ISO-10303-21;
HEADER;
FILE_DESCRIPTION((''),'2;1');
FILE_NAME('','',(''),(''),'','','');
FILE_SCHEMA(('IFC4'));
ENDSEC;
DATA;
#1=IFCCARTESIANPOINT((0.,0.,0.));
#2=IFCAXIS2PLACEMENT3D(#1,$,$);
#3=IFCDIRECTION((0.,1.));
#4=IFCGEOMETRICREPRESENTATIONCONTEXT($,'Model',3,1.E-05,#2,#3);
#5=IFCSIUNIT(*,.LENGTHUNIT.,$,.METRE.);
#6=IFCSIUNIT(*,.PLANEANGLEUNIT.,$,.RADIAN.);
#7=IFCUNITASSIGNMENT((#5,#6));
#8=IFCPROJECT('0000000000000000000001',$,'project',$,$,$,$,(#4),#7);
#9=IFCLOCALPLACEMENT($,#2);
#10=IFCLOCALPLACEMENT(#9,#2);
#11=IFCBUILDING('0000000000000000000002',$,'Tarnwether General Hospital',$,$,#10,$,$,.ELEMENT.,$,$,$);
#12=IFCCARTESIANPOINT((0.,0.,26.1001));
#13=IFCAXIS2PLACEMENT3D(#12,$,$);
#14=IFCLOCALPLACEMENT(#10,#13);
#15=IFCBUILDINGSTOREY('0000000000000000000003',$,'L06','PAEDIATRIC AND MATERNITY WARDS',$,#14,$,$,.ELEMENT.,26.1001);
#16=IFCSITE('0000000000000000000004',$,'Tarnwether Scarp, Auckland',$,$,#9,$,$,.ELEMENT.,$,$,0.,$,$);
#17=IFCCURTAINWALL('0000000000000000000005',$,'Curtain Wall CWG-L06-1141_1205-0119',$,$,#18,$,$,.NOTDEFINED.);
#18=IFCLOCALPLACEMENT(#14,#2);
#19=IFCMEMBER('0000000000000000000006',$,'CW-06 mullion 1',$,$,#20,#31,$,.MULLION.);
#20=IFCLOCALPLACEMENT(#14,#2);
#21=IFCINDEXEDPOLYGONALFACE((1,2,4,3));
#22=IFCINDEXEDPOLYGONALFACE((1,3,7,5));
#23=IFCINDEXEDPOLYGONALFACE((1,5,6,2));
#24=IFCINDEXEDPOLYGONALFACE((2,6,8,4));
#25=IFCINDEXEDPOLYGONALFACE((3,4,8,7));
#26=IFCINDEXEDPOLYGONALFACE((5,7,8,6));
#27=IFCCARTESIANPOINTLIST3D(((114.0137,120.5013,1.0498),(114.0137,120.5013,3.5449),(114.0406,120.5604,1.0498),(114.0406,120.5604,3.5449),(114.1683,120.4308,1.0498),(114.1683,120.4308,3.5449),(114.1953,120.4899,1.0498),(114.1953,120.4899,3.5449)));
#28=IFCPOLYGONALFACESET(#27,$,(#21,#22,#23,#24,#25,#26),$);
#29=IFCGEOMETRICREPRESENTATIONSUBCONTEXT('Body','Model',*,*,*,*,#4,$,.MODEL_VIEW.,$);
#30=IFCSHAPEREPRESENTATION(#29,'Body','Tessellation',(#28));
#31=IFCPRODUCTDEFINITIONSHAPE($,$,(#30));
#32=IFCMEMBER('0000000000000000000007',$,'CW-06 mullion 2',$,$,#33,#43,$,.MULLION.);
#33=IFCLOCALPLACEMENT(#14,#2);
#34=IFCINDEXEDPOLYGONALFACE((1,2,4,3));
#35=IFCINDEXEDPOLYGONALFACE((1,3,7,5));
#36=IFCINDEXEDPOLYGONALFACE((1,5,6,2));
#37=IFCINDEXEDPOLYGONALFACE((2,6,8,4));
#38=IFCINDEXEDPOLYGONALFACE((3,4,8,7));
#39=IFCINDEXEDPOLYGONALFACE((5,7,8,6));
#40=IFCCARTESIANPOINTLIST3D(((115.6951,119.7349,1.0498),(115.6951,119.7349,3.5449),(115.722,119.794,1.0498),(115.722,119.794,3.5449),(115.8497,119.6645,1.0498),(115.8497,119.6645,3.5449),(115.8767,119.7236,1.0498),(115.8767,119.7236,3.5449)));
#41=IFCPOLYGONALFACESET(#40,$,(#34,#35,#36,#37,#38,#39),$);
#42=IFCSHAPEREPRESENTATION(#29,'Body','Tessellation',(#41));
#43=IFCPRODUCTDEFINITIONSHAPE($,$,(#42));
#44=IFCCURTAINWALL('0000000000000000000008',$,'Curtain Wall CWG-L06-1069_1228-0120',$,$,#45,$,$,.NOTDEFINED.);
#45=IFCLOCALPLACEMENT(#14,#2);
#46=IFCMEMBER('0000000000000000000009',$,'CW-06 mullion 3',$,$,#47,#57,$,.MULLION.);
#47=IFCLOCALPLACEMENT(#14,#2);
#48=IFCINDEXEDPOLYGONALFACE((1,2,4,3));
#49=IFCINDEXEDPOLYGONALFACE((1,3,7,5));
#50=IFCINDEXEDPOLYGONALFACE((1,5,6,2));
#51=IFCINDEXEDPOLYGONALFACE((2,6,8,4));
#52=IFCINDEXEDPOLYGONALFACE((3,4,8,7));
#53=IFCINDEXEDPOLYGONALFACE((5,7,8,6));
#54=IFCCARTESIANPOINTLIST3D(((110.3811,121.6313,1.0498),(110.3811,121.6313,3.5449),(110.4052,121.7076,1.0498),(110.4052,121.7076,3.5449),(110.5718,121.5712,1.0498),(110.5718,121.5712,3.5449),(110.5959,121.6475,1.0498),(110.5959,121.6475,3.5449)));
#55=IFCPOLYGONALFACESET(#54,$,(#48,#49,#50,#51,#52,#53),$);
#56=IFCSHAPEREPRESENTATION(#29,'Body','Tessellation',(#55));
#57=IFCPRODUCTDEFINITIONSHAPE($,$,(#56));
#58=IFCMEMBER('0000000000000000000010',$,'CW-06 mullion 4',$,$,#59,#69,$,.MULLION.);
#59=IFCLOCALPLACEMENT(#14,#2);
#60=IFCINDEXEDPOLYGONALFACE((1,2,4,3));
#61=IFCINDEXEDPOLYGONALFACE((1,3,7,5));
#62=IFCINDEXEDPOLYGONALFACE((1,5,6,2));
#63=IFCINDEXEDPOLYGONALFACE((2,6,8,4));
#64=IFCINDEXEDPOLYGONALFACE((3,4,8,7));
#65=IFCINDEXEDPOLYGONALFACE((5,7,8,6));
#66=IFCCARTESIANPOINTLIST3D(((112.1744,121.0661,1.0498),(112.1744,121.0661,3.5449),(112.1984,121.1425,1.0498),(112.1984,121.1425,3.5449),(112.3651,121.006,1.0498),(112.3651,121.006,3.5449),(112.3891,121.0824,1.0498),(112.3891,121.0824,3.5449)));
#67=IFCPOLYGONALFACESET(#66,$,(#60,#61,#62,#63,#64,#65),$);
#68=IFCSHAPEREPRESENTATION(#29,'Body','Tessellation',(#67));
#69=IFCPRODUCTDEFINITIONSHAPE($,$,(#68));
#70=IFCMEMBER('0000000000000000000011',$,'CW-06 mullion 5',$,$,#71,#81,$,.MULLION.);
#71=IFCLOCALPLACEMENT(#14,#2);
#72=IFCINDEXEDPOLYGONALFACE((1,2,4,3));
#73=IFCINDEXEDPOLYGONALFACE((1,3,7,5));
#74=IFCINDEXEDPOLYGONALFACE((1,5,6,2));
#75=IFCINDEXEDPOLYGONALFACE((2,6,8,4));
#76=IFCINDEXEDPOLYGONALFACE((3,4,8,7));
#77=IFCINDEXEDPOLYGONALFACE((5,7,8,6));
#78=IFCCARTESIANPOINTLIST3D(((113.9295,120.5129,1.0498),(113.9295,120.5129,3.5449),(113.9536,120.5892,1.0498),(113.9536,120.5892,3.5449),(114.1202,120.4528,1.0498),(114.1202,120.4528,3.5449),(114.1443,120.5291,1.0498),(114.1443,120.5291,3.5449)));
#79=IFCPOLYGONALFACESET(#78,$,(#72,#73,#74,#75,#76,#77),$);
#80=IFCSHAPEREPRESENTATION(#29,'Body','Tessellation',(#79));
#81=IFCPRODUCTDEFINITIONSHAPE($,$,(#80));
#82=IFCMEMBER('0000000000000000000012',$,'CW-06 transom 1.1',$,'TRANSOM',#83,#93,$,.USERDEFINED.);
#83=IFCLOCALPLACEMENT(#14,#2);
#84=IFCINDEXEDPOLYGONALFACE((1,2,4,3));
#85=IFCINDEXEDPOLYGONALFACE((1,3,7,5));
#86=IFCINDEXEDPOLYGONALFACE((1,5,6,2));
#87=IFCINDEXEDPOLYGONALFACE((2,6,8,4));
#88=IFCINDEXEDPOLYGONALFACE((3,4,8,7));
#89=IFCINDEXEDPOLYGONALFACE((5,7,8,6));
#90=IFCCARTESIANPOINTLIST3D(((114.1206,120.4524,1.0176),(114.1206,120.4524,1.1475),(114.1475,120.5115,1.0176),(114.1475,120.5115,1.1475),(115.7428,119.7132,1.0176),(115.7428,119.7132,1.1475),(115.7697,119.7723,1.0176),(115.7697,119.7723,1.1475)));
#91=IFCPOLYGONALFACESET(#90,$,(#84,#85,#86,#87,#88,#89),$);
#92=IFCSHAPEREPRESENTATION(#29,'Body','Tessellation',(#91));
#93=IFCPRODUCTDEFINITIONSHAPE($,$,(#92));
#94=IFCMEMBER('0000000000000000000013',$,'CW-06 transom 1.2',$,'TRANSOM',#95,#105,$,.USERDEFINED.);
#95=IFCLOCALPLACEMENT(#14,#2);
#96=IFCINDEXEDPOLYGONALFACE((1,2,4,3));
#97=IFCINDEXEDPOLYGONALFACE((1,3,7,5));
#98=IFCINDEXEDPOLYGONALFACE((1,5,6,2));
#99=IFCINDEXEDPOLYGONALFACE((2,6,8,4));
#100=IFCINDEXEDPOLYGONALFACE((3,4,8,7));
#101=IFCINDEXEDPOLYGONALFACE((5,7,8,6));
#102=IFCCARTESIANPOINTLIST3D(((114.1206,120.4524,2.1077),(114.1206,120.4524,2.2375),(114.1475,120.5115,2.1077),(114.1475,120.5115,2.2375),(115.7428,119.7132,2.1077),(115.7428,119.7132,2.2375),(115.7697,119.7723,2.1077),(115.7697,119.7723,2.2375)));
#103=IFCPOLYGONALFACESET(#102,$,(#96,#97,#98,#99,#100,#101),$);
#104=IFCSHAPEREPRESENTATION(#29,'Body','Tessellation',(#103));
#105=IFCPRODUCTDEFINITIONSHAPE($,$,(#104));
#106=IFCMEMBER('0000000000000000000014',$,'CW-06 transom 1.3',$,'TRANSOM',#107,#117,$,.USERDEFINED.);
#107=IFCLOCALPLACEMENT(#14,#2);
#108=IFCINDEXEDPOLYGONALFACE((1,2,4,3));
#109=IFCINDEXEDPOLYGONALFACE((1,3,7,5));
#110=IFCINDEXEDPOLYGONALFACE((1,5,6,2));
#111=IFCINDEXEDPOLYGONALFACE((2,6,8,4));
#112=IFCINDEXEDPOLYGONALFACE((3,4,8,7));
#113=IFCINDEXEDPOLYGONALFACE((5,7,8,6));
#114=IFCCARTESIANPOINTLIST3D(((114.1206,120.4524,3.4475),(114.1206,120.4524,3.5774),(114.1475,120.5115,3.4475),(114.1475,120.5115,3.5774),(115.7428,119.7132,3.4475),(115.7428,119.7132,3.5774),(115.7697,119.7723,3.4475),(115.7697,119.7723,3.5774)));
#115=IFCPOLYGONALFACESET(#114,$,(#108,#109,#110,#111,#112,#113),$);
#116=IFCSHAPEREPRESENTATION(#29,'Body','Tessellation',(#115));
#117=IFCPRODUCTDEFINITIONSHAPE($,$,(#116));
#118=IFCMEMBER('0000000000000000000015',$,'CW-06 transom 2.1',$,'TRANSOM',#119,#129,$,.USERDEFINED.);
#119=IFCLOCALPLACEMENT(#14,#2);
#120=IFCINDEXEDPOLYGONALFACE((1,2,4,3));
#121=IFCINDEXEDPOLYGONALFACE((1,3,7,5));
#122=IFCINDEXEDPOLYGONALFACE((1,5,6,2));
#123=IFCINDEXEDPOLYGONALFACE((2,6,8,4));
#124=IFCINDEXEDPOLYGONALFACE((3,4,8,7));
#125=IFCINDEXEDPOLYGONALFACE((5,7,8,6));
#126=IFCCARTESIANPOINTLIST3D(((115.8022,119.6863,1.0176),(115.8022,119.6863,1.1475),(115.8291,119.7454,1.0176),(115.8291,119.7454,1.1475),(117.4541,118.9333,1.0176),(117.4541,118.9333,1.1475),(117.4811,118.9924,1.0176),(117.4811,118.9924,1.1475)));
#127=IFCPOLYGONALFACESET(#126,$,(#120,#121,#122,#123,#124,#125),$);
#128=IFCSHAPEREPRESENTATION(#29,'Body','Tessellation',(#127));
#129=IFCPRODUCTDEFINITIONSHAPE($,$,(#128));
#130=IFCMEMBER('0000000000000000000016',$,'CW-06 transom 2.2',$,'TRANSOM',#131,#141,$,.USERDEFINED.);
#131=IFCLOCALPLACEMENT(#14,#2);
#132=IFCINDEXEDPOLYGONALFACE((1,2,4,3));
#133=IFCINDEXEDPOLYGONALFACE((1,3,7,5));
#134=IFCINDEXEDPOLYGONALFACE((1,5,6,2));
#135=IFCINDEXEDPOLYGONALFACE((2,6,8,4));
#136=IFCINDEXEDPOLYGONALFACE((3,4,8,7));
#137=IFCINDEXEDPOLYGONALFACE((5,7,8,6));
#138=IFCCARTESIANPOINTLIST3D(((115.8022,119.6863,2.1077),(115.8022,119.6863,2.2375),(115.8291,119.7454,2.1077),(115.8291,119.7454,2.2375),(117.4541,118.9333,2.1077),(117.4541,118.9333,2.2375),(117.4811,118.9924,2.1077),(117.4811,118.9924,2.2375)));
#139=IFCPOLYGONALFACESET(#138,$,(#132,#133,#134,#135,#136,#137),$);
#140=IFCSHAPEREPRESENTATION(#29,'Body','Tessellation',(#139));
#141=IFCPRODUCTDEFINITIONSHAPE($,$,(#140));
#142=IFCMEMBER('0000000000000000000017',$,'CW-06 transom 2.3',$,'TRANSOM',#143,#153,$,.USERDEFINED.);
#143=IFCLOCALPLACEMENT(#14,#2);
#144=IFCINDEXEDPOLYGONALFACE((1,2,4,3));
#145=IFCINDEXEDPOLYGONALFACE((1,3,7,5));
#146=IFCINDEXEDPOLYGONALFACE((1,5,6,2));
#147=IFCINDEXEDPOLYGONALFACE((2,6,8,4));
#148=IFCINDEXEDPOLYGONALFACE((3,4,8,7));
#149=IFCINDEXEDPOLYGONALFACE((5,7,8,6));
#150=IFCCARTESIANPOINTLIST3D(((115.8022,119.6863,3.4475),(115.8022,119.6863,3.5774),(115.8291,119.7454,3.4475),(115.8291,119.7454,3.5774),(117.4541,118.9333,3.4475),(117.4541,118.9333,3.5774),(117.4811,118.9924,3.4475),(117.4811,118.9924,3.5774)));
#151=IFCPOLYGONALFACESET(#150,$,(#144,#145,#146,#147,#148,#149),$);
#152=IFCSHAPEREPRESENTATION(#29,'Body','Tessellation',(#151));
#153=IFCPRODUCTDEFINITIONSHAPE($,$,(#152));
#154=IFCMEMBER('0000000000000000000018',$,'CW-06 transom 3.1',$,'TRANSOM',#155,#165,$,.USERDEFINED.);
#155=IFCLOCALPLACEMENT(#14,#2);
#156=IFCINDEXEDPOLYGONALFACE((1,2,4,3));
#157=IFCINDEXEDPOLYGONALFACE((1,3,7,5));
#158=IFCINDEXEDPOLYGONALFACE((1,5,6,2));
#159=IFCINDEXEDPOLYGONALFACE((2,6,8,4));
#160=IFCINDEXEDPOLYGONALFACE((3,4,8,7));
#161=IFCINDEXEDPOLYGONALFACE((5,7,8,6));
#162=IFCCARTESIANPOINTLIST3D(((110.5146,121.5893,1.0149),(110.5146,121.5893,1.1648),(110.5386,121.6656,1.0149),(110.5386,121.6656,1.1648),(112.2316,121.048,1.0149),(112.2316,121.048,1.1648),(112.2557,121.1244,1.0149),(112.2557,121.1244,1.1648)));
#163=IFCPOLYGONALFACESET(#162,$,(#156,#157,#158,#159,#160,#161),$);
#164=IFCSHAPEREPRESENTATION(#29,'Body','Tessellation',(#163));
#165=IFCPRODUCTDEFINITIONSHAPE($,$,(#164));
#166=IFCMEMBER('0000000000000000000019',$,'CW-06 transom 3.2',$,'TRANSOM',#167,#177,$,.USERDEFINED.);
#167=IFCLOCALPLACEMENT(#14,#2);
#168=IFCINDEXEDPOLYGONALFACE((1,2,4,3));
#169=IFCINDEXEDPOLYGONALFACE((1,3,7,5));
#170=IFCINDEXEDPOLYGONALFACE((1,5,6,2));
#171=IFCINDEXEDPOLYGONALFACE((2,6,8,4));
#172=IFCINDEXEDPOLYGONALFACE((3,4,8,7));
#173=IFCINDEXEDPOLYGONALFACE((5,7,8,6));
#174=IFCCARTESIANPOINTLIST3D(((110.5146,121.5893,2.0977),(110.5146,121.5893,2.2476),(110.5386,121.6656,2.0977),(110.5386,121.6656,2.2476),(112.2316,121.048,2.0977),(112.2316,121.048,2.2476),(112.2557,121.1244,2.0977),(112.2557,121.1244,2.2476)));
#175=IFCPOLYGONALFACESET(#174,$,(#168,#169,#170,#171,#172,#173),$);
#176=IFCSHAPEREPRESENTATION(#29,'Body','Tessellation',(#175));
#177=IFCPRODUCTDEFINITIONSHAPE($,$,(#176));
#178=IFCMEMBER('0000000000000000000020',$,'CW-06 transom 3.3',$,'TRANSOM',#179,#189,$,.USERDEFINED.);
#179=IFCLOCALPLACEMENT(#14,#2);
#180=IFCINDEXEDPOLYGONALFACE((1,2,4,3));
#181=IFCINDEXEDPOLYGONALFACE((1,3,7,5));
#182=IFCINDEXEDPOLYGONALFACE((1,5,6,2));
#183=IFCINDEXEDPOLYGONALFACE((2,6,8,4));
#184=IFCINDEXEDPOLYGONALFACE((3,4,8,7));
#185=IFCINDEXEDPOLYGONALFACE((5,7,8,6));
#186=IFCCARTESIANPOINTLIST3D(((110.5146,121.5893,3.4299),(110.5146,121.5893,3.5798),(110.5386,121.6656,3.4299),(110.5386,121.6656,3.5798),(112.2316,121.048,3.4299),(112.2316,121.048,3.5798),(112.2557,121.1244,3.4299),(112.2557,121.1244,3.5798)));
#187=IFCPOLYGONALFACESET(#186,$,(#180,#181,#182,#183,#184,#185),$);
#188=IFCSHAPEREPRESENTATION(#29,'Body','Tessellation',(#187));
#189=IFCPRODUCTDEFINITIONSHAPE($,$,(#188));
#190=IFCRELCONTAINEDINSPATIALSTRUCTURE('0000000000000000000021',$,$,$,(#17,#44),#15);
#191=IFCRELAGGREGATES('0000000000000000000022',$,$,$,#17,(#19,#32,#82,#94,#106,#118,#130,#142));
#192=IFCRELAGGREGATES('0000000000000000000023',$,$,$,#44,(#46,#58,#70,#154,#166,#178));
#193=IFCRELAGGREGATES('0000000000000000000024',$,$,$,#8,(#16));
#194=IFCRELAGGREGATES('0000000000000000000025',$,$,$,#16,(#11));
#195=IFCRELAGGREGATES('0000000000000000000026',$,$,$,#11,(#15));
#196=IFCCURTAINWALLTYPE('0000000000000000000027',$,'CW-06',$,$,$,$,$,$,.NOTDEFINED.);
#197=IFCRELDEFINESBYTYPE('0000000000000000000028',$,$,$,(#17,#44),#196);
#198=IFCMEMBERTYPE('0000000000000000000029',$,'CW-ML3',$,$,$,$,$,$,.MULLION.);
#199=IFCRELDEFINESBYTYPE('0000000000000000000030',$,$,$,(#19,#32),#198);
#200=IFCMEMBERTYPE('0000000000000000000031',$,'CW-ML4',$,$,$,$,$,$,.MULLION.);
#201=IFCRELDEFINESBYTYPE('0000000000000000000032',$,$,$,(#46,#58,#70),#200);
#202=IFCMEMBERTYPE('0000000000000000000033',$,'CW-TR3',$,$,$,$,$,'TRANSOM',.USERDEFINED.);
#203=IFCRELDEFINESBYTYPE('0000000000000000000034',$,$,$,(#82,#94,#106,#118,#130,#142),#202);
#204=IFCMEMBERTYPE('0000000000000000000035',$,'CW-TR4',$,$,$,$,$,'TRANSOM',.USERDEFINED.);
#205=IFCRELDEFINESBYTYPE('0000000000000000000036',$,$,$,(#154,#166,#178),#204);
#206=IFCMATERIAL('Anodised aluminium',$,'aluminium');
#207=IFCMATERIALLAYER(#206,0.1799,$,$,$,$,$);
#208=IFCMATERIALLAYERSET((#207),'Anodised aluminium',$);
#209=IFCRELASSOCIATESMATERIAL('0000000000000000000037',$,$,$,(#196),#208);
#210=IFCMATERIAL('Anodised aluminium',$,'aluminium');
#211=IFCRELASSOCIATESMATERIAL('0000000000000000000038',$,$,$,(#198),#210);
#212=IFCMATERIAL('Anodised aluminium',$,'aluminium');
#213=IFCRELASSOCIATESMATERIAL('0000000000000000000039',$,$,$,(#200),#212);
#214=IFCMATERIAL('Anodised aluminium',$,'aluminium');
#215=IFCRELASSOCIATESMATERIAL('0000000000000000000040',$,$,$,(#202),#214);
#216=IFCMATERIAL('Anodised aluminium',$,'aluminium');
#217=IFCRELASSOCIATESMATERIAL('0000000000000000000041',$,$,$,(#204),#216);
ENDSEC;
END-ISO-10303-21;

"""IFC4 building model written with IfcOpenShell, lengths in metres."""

from ifc_helpers import new_model, si_unit, direction, frame, origin, origin_2d, place, context, subcontext, project, spatial, rectangle, extrude, material, layer, layer_set, material_profile, profile_set, type_object, element, aggregate, save


model = new_model("IFC4")

# Units and contexts
model_context = context("Model", 3, precision=1e-05, world=origin(), true_north=direction((0.0, 1.0)))
body_context = subcontext(model_context, "Body", "Model", "MODEL_VIEW")
ifc_project = project(units=[si_unit("LENGTHUNIT", "METRE"), si_unit("PLANEANGLEUNIT", "RADIAN")], contexts=[model_context])

# Site, building, storey
site_placement = place(None, origin())
site = spatial("IfcSite", under=ifc_project, at=site_placement, Name="Tarnwether Scarp, Auckland", CompositionType="ELEMENT", RefElevation=0.0)
building_placement = place(site_placement, origin())
building = spatial("IfcBuilding", under=site, at=building_placement, Name="Tarnwether General Hospital", CompositionType="ELEMENT")
storey_placement = place(building_placement, frame((0.0, 0.0, 26.1001)))
storey = spatial("IfcBuildingStorey", under=building, at=storey_placement, Name="L06", Description="PAEDIATRIC AND MATERNITY WARDS", CompositionType="ELEMENT", Elevation=26.1001)

# Curtain walls, members
ifc_material_1 = material(Name="Anodised aluminium", Category="aluminium")
ifc_layer_1 = layer(ifc_material_1, 0.1799)
ifc_layer_set_1 = layer_set([ifc_layer_1], Name="Anodised aluminium")
curtain_wall_type = type_object("IfcCurtainWallType", Name="CW-06", PredefinedType="NOTDEFINED", material=ifc_layer_set_1)
curtain_wall_1_placement = place(storey_placement, origin())
curtain_wall_1 = element("IfcCurtainWall", 1, at=curtain_wall_1_placement, inside=storey, type_object=curtain_wall_type, Name="Curtain Wall CWG-L06-1141_1205-0119", PredefinedType="NOTDEFINED")
ifc_material_2 = material(Name="Anodised aluminium", Category="aluminium")
ifc_material_profile_1 = material_profile(ifc_material_2, rectangle(XDim=0.0649, YDim=0.1699, at=origin_2d()), Name="ALU-MUL-65x170")
ifc_profile_set_1 = profile_set([ifc_material_profile_1], Name="Anodised aluminium")
member_type_1 = type_object("IfcMemberType", Name="CW-ML3", PredefinedType="MULLION", material=ifc_profile_set_1)
member_1_placement = place(storey_placement, frame((114.1045, 120.4956, 1.0498), z_axis=(0.0, 0.0, 1.0), x_axis=(0.414694, 0.909961, 0.0)))
member_1 = element("IfcMember", 2, at=member_1_placement, type_object=member_type_1, Name="CW-06 mullion 1", PredefinedType="MULLION", context=body_context, shape_type="SweptSolid", body=[
    extrude(rectangle(XDim=0.0649, YDim=0.1699, at=origin_2d()), origin(), (0.0, 0.0, 1.0), 2.4951),
])
member_2_placement = place(storey_placement, frame((115.7859, 119.7292, 1.0498), z_axis=(0.0, 0.0, 1.0), x_axis=(0.414694, 0.909961, 0.0)))
member_2 = element("IfcMember", 3, at=member_2_placement, type_object=member_type_1, Name="CW-06 mullion 2", PredefinedType="MULLION", context=body_context, shape_type="SweptSolid", body=[
    extrude(rectangle(XDim=0.0649, YDim=0.1699, at=origin_2d()), origin(), (0.0, 0.0, 1.0), 2.4951),
])
curtain_wall_2_placement = place(storey_placement, origin())
curtain_wall_2 = element("IfcCurtainWall", 4, at=curtain_wall_2_placement, inside=storey, type_object=curtain_wall_type, Name="Curtain Wall CWG-L06-1069_1228-0120", PredefinedType="NOTDEFINED")
ifc_material_3 = material(Name="Anodised aluminium", Category="aluminium")
ifc_material_profile_2 = material_profile(ifc_material_3, rectangle(XDim=0.0801, YDim=0.2, at=origin_2d()), Name="ALU-MUL-80x200")
ifc_profile_set_2 = profile_set([ifc_material_profile_2], Name="Anodised aluminium")
member_type_2 = type_object("IfcMemberType", Name="CW-ML4", PredefinedType="MULLION", material=ifc_profile_set_2)
member_3_placement = place(storey_placement, frame((110.4885, 121.6394, 1.0498), z_axis=(0.0, 0.0, 1.0), x_axis=(0.300629, 0.953741, 0.0)))
member_3 = element("IfcMember", 5, at=member_3_placement, type_object=member_type_2, Name="CW-06 mullion 3", PredefinedType="MULLION", context=body_context, shape_type="SweptSolid", body=[
    extrude(rectangle(XDim=0.0801, YDim=0.2, at=origin_2d()), origin(), (0.0, 0.0, 1.0), 2.4951),
])
member_4_placement = place(storey_placement, frame((112.2817, 121.0742, 1.0498), z_axis=(0.0, 0.0, 1.0), x_axis=(0.300629, 0.953741, 0.0)))
member_4 = element("IfcMember", 6, at=member_4_placement, type_object=member_type_2, Name="CW-06 mullion 4", PredefinedType="MULLION", context=body_context, shape_type="SweptSolid", body=[
    extrude(rectangle(XDim=0.0801, YDim=0.2, at=origin_2d()), origin(), (0.0, 0.0, 1.0), 2.4951),
])
member_5_placement = place(storey_placement, frame((114.0369, 120.521, 1.0498), z_axis=(0.0, 0.0, 1.0), x_axis=(0.300629, 0.953741, 0.0)))
member_5 = element("IfcMember", 7, at=member_5_placement, type_object=member_type_2, Name="CW-06 mullion 5", PredefinedType="MULLION", context=body_context, shape_type="SweptSolid", body=[
    extrude(rectangle(XDim=0.0801, YDim=0.2, at=origin_2d()), origin(), (0.0, 0.0, 1.0), 2.4951),
])

# Members
ifc_material_4 = material(Name="Anodised aluminium", Category="aluminium")
ifc_material_profile_3 = material_profile(ifc_material_4, rectangle(XDim=0.0649, YDim=0.1299, at=origin_2d()), Name="ALU-TRN-65x130")
ifc_profile_set_3 = profile_set([ifc_material_profile_3], Name="Anodised aluminium")
member_type_3 = type_object("IfcMemberType", Name="CW-TR3", ElementType="TRANSOM", PredefinedType="USERDEFINED", material=ifc_profile_set_3)
member_6_placement = place(storey_placement, frame((114.134, 120.4819, 1.0825), z_axis=(0.909977, -0.414659, 0.0), x_axis=(0.414659, 0.909977, 0.0)))
member_6 = element("IfcMember", 8, at=member_6_placement, type_object=member_type_3, Name="CW-06 transom 1.1", ObjectType="TRANSOM", PredefinedType="USERDEFINED", context=body_context, shape_type="SweptSolid", body=[
    extrude(rectangle(XDim=0.0649, YDim=0.1299, at=origin_2d()), origin(), (0.0, 0.0, 1.0), 1.7827),
])
member_7_placement = place(storey_placement, frame((114.134, 120.4819, 2.1726), z_axis=(0.909977, -0.414659, 0.0), x_axis=(0.414659, 0.909977, 0.0)))
member_7 = element("IfcMember", 9, at=member_7_placement, type_object=member_type_3, Name="CW-06 transom 1.2", ObjectType="TRANSOM", PredefinedType="USERDEFINED", context=body_context, shape_type="SweptSolid", body=[
    extrude(rectangle(XDim=0.0649, YDim=0.1299, at=origin_2d()), origin(), (0.0, 0.0, 1.0), 1.7827),
])
member_8_placement = place(storey_placement, frame((114.134, 120.4819, 3.5125), z_axis=(0.909977, -0.414659, 0.0), x_axis=(0.414659, 0.909977, 0.0)))
member_8 = element("IfcMember", 10, at=member_8_placement, type_object=member_type_3, Name="CW-06 transom 1.3", ObjectType="TRANSOM", PredefinedType="USERDEFINED", context=body_context, shape_type="SweptSolid", body=[
    extrude(rectangle(XDim=0.0649, YDim=0.1299, at=origin_2d()), origin(), (0.0, 0.0, 1.0), 1.7827),
])
member_9_placement = place(storey_placement, frame((115.8157, 119.7158, 1.0825), z_axis=(0.909933, -0.414755, 0.0), x_axis=(0.414755, 0.909933, 0.0)))
member_9 = element("IfcMember", 11, at=member_9_placement, type_object=member_type_3, Name="CW-06 transom 2.1", ObjectType="TRANSOM", PredefinedType="USERDEFINED", context=body_context, shape_type="SweptSolid", body=[
    extrude(rectangle(XDim=0.0649, YDim=0.1299, at=origin_2d()), origin(), (0.0, 0.0, 1.0), 1.8154),
])
member_10_placement = place(storey_placement, frame((115.8157, 119.7158, 2.1726), z_axis=(0.909933, -0.414755, 0.0), x_axis=(0.414755, 0.909933, 0.0)))
member_10 = element("IfcMember", 12, at=member_10_placement, type_object=member_type_3, Name="CW-06 transom 2.2", ObjectType="TRANSOM", PredefinedType="USERDEFINED", context=body_context, shape_type="SweptSolid", body=[
    extrude(rectangle(XDim=0.0649, YDim=0.1299, at=origin_2d()), origin(), (0.0, 0.0, 1.0), 1.8154),
])
member_11_placement = place(storey_placement, frame((115.8157, 119.7158, 3.5125), z_axis=(0.909933, -0.414755, 0.0), x_axis=(0.414755, 0.909933, 0.0)))
member_11 = element("IfcMember", 13, at=member_11_placement, type_object=member_type_3, Name="CW-06 transom 2.3", ObjectType="TRANSOM", PredefinedType="USERDEFINED", context=body_context, shape_type="SweptSolid", body=[
    extrude(rectangle(XDim=0.0649, YDim=0.1299, at=origin_2d()), origin(), (0.0, 0.0, 1.0), 1.8154),
])
ifc_material_5 = material(Name="Anodised aluminium", Category="aluminium")
ifc_material_profile_4 = material_profile(ifc_material_5, rectangle(XDim=0.0801, YDim=0.1499, at=origin_2d()), Name="ALU-TRN-80x150")
ifc_profile_set_4 = profile_set([ifc_material_profile_4], Name="Anodised aluminium")
member_type_4 = type_object("IfcMemberType", Name="CW-TR4", ElementType="TRANSOM", PredefinedType="USERDEFINED", material=ifc_profile_set_4)
member_12_placement = place(storey_placement, frame((110.5266, 121.6274, 1.0898), z_axis=(0.953736, -0.300645, 0.0), x_axis=(0.300645, 0.953736, 0.0)))
member_12 = element("IfcMember", 14, at=member_12_placement, type_object=member_type_4, Name="CW-06 transom 3.1", ObjectType="TRANSOM", PredefinedType="USERDEFINED", context=body_context, shape_type="SweptSolid", body=[
    extrude(rectangle(XDim=0.0801, YDim=0.1499, at=origin_2d()), origin(), (0.0, 0.0, 1.0), 1.8003),
])
member_13_placement = place(storey_placement, frame((110.5266, 121.6274, 2.1726), z_axis=(0.953736, -0.300645, 0.0), x_axis=(0.300645, 0.953736, 0.0)))
member_13 = element("IfcMember", 15, at=member_13_placement, type_object=member_type_4, Name="CW-06 transom 3.2", ObjectType="TRANSOM", PredefinedType="USERDEFINED", context=body_context, shape_type="SweptSolid", body=[
    extrude(rectangle(XDim=0.0801, YDim=0.1499, at=origin_2d()), origin(), (0.0, 0.0, 1.0), 1.8003),
])
member_14_placement = place(storey_placement, frame((110.5266, 121.6274, 3.5049), z_axis=(0.953736, -0.300645, 0.0), x_axis=(0.300645, 0.953736, 0.0)))
member_14 = element("IfcMember", 16, at=member_14_placement, type_object=member_type_4, Name="CW-06 transom 3.3", ObjectType="TRANSOM", PredefinedType="USERDEFINED", context=body_context, shape_type="SweptSolid", body=[
    extrude(rectangle(XDim=0.0801, YDim=0.1499, at=origin_2d()), origin(), (0.0, 0.0, 1.0), 1.8003),
])

aggregate(curtain_wall_1, [member_1, member_2, member_6, member_7, member_8, member_9, member_10, member_11])
aggregate(curtain_wall_2, [member_3, member_4, member_5, member_12, member_13, member_14])

save(model, "model.ifc")
